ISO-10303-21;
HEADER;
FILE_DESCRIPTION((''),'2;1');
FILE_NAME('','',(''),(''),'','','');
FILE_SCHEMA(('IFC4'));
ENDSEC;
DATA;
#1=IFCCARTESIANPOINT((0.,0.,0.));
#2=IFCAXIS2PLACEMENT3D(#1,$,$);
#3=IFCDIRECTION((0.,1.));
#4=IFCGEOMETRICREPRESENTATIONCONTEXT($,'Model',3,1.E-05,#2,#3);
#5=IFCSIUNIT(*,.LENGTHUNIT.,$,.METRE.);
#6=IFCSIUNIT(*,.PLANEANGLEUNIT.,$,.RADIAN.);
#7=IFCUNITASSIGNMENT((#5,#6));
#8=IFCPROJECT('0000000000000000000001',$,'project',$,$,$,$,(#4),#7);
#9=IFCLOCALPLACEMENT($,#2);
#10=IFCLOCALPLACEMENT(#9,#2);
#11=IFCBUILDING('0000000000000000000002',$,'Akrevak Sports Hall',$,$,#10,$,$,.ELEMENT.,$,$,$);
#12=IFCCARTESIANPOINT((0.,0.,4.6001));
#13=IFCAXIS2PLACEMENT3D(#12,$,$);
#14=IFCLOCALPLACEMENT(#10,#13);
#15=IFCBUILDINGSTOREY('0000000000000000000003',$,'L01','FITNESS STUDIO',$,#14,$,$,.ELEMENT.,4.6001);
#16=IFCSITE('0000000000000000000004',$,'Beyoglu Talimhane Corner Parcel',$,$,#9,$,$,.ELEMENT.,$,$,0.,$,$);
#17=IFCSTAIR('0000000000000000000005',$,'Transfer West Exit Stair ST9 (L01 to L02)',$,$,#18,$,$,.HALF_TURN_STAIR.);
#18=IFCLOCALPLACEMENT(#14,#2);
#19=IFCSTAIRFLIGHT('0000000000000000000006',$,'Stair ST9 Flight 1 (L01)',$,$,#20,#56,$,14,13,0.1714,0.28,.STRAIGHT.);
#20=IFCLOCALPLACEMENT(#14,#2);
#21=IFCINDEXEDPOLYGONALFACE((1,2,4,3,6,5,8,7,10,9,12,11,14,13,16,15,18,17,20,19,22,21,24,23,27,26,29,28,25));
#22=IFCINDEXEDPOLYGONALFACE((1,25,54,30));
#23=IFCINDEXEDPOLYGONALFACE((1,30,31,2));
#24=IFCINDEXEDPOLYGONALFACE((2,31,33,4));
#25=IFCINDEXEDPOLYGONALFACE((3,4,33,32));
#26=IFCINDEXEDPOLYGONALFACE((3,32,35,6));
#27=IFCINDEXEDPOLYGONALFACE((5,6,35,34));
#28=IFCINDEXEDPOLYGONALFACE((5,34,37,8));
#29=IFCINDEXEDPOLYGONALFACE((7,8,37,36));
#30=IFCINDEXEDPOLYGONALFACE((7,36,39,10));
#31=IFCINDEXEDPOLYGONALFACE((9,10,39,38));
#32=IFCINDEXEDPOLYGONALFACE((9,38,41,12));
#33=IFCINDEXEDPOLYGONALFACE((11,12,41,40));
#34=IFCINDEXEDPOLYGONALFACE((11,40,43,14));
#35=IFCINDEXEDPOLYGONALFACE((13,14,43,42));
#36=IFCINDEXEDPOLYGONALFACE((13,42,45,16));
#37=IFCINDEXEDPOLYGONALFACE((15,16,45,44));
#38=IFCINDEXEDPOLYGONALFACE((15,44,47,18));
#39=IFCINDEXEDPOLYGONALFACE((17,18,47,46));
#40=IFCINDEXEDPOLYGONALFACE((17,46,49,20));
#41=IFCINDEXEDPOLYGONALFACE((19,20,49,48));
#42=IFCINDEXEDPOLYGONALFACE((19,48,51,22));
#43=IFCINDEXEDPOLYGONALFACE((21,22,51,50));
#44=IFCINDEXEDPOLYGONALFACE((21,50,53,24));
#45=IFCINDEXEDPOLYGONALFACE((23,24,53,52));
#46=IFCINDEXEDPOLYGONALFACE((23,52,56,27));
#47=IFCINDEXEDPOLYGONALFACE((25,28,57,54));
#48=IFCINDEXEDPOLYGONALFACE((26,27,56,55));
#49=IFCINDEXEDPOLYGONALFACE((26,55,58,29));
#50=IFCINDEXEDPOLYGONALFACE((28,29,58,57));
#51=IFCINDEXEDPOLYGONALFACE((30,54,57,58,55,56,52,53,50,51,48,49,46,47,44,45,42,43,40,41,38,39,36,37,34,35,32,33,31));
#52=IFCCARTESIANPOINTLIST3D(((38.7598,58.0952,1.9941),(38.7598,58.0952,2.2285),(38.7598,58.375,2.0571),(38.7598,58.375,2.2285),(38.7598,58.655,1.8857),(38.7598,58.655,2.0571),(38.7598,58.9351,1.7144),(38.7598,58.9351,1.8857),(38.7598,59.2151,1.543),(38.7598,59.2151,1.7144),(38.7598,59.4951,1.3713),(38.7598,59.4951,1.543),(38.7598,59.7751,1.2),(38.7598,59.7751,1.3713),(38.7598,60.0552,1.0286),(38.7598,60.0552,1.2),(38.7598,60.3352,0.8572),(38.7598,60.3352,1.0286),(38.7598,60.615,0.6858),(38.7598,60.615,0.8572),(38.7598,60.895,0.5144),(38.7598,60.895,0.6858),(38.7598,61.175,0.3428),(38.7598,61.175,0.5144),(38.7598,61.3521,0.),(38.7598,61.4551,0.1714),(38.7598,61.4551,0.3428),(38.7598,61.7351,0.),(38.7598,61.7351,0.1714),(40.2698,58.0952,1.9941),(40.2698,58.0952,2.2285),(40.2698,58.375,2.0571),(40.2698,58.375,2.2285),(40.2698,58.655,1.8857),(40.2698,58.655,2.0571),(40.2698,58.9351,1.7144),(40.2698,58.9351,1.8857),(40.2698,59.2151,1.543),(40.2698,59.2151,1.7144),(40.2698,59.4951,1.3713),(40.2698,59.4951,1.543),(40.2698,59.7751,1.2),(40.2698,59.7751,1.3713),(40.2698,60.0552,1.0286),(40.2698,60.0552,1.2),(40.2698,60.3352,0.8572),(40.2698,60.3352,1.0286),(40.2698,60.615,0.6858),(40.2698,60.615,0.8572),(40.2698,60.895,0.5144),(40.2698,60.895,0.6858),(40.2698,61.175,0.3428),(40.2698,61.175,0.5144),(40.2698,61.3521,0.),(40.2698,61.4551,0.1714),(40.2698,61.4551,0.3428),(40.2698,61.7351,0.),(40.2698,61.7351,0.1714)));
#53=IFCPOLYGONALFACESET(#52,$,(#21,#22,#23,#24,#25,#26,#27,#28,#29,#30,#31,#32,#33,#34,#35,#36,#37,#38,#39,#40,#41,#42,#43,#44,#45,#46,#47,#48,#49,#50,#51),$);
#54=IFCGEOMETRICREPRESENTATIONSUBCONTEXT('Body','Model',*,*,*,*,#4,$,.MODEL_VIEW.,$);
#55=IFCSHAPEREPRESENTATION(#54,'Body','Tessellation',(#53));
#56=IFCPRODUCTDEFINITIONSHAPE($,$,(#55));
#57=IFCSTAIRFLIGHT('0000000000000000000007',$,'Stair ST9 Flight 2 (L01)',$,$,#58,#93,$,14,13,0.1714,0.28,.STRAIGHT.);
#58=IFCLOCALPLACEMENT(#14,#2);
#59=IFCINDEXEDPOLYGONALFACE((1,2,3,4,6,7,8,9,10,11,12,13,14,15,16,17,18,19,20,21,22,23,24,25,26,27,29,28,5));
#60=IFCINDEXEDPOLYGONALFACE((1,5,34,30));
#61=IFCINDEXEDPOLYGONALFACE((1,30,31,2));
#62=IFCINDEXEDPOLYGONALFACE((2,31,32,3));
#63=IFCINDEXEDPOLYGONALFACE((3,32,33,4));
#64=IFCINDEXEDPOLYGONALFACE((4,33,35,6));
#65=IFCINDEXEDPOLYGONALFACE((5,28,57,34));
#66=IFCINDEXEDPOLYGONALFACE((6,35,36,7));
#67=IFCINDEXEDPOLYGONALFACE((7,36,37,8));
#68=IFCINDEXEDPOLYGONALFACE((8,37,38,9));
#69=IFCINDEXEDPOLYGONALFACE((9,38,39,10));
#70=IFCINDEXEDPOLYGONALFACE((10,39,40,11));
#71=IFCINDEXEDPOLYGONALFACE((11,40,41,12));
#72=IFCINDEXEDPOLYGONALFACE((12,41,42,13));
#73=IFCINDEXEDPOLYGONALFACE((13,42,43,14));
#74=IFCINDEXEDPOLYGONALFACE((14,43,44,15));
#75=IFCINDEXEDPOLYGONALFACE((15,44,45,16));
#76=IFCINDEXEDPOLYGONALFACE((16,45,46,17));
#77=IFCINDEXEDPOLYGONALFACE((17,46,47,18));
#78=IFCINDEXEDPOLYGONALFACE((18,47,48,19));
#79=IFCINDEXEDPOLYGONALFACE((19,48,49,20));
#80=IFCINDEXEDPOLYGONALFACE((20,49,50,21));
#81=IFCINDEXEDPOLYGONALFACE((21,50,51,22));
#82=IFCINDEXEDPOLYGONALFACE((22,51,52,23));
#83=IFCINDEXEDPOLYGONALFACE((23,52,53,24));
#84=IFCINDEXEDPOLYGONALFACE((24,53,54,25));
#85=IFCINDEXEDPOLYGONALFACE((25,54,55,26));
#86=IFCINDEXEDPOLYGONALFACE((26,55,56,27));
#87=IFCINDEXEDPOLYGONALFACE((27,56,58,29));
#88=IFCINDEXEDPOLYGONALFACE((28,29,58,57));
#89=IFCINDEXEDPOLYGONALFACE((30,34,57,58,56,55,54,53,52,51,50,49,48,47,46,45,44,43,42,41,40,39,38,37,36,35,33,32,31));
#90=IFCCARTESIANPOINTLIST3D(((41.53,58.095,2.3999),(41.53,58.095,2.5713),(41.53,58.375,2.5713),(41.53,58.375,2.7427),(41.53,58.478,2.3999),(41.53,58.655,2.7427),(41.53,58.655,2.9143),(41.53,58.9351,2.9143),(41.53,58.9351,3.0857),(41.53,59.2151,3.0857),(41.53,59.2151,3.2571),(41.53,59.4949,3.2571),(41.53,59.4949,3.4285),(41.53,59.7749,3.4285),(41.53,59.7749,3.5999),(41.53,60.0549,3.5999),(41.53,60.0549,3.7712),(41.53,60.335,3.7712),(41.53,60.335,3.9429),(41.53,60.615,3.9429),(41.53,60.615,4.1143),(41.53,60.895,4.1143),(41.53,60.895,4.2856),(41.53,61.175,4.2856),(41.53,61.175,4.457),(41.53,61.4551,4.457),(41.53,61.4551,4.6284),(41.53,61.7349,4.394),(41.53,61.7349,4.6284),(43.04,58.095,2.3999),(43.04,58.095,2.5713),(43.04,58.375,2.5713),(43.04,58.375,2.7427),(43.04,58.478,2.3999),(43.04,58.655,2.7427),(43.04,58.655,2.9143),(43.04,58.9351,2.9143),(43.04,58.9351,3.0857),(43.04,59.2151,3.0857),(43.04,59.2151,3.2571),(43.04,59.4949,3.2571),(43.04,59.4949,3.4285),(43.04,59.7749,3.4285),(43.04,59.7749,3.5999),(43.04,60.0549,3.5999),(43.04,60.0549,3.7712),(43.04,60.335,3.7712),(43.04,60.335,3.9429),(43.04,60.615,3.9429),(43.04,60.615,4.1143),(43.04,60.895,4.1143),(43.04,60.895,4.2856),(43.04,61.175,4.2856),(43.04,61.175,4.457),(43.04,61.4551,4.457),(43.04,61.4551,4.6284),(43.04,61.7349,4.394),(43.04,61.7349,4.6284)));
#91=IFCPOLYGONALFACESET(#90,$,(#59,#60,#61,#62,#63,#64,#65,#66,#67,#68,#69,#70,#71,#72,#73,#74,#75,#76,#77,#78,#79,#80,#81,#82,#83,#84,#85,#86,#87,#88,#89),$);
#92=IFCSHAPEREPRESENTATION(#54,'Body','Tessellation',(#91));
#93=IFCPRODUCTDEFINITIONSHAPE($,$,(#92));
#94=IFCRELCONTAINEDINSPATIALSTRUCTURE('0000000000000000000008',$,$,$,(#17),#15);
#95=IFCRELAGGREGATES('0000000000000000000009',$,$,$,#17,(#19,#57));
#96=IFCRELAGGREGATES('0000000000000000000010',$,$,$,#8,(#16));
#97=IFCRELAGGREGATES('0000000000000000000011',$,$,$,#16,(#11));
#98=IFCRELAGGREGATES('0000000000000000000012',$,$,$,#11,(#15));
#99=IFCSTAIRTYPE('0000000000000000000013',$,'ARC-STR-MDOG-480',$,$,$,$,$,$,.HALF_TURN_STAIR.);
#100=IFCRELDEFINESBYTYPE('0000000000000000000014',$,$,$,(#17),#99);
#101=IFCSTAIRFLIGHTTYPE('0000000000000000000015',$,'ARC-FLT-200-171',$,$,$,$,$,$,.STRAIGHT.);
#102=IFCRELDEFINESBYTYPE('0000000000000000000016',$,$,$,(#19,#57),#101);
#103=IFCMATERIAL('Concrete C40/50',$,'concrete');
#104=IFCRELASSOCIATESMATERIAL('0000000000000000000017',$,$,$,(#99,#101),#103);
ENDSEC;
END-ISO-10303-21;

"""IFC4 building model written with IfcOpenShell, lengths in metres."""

from ifc_helpers import new_model, si_unit, direction, frame, origin, place, context, subcontext, project, spatial, polyline, outline, extrude, material, type_object, element, aggregate, save


model = new_model("IFC4")

# Units and contexts
model_context = context("Model", 3, precision=1e-05, world=origin(), true_north=direction((0.0, 1.0)))
body_context = subcontext(model_context, "Body", "Model", "MODEL_VIEW")
ifc_project = project(units=[si_unit("LENGTHUNIT", "METRE"), si_unit("PLANEANGLEUNIT", "RADIAN")], contexts=[model_context])

# Site, building, storey
site_placement = place(None, origin())
site = spatial("IfcSite", under=ifc_project, at=site_placement, Name="Beyoglu Talimhane Corner Parcel", CompositionType="ELEMENT", RefElevation=0.0)
building_placement = place(site_placement, origin())
building = spatial("IfcBuilding", under=site, at=building_placement, Name="Akrevak Sports Hall", CompositionType="ELEMENT")
storey_placement = place(building_placement, frame((0.0, 0.0, 4.6001)))
storey = spatial("IfcBuildingStorey", under=building, at=storey_placement, Name="L01", Description="FITNESS STUDIO", CompositionType="ELEMENT", Elevation=4.6001)

# Shared definitions
ifc_material_1 = material(Name="Concrete C40/50", Category="concrete")

# Stair, stair flights
stair_type = type_object("IfcStairType", Name="ARC-STR-MDOG-480", PredefinedType="HALF_TURN_STAIR", material=ifc_material_1)
stair_placement = place(storey_placement, origin())
stair = element("IfcStair", 1, at=stair_placement, inside=storey, type_object=stair_type, Name="Transfer West Exit Stair ST9 (L01 to L02)", PredefinedType="HALF_TURN_STAIR")
stair_flight_type = type_object("IfcStairFlightType", Name="ARC-FLT-200-171", PredefinedType="STRAIGHT", material=ifc_material_1)
stair_flight_1_placement = place(storey_placement, frame((39.5149, 61.7351, 0.0), z_axis=(0.0, 0.0, 1.0), x_axis=(0.0, -1.0, 0.0)))
stair_flight_1 = element("IfcStairFlight", 2, at=stair_flight_1_placement, type_object=stair_flight_type, Name="Stair ST9 Flight 1 (L01)", NumberOfRisers=14, NumberOfTreads=13, PredefinedType="STRAIGHT", RiserHeight=0.1714, TreadLength=0.28, context=body_context, shape_type="SweptSolid", body=[
    extrude(outline(polyline([(0.0, 0.0), (0.0, 0.1714), (0.28, 0.1714), (0.28, 0.3428), (0.5601, 0.3428), (0.5601, 0.5144), (0.8401, 0.5144), (0.8401, 0.6858), (1.1201, 0.6858), (1.1201, 0.8572), (1.3999, 0.8572), (1.3999, 1.0286), (1.6799, 1.0286), (1.6799, 1.2), (1.96, 1.2), (1.96, 1.3713), (2.24, 1.3713), (2.24, 1.543), (2.52, 1.543), (2.52, 1.7144), (2.8, 1.7144), (2.8, 1.8857), (3.0801, 1.8857), (3.0801, 2.0571), (3.3601, 2.0571), (3.3601, 2.2285), (3.6399, 2.2285), (3.6399, 2.3999), (3.6399, 1.9941), (0.3831, 0.0), (0.0, 0.0)])), frame((0.0, 0.7549, 0.0), z_axis=(0.0, -1.0, 0.0), x_axis=(1.0, 0.0, 0.0)), (0.0, 0.0, 1.0), 1.51),
])
stair_flight_2_placement = place(storey_placement, frame((42.2849, 58.095, 2.3999), z_axis=(0.0, 0.0, 1.0), x_axis=(0.0, 1.0, 0.0)))
stair_flight_2 = element("IfcStairFlight", 3, at=stair_flight_2_placement, type_object=stair_flight_type, Name="Stair ST9 Flight 2 (L01)", NumberOfRisers=14, NumberOfTreads=13, PredefinedType="STRAIGHT", RiserHeight=0.1714, TreadLength=0.28, context=body_context, shape_type="SweptSolid", body=[
    extrude(outline(polyline([(0.0, 0.0), (0.0, 0.1714), (0.28, 0.1714), (0.28, 0.3428), (0.5601, 0.3428), (0.5601, 0.5144), (0.8401, 0.5144), (0.8401, 0.6858), (1.1201, 0.6858), (1.1201, 0.8572), (1.3999, 0.8572), (1.3999, 1.0286), (1.6799, 1.0286), (1.6799, 1.2), (1.96, 1.2), (1.96, 1.3713), (2.24, 1.3713), (2.24, 1.543), (2.52, 1.543), (2.52, 1.7144), (2.8, 1.7144), (2.8, 1.8857), (3.0801, 1.8857), (3.0801, 2.0571), (3.3601, 2.0571), (3.3601, 2.2285), (3.6399, 2.2285), (3.6399, 2.3999), (3.6399, 1.9941), (0.3831, 0.0), (0.0, 0.0)])), frame((0.0, 0.7549, 0.0), z_axis=(0.0, -1.0, 0.0), x_axis=(1.0, 0.0, 0.0)), (0.0, 0.0, 1.0), 1.51),
])
aggregate(stair, [stair_flight_1, stair_flight_2])

save(model, "model.ifc")
